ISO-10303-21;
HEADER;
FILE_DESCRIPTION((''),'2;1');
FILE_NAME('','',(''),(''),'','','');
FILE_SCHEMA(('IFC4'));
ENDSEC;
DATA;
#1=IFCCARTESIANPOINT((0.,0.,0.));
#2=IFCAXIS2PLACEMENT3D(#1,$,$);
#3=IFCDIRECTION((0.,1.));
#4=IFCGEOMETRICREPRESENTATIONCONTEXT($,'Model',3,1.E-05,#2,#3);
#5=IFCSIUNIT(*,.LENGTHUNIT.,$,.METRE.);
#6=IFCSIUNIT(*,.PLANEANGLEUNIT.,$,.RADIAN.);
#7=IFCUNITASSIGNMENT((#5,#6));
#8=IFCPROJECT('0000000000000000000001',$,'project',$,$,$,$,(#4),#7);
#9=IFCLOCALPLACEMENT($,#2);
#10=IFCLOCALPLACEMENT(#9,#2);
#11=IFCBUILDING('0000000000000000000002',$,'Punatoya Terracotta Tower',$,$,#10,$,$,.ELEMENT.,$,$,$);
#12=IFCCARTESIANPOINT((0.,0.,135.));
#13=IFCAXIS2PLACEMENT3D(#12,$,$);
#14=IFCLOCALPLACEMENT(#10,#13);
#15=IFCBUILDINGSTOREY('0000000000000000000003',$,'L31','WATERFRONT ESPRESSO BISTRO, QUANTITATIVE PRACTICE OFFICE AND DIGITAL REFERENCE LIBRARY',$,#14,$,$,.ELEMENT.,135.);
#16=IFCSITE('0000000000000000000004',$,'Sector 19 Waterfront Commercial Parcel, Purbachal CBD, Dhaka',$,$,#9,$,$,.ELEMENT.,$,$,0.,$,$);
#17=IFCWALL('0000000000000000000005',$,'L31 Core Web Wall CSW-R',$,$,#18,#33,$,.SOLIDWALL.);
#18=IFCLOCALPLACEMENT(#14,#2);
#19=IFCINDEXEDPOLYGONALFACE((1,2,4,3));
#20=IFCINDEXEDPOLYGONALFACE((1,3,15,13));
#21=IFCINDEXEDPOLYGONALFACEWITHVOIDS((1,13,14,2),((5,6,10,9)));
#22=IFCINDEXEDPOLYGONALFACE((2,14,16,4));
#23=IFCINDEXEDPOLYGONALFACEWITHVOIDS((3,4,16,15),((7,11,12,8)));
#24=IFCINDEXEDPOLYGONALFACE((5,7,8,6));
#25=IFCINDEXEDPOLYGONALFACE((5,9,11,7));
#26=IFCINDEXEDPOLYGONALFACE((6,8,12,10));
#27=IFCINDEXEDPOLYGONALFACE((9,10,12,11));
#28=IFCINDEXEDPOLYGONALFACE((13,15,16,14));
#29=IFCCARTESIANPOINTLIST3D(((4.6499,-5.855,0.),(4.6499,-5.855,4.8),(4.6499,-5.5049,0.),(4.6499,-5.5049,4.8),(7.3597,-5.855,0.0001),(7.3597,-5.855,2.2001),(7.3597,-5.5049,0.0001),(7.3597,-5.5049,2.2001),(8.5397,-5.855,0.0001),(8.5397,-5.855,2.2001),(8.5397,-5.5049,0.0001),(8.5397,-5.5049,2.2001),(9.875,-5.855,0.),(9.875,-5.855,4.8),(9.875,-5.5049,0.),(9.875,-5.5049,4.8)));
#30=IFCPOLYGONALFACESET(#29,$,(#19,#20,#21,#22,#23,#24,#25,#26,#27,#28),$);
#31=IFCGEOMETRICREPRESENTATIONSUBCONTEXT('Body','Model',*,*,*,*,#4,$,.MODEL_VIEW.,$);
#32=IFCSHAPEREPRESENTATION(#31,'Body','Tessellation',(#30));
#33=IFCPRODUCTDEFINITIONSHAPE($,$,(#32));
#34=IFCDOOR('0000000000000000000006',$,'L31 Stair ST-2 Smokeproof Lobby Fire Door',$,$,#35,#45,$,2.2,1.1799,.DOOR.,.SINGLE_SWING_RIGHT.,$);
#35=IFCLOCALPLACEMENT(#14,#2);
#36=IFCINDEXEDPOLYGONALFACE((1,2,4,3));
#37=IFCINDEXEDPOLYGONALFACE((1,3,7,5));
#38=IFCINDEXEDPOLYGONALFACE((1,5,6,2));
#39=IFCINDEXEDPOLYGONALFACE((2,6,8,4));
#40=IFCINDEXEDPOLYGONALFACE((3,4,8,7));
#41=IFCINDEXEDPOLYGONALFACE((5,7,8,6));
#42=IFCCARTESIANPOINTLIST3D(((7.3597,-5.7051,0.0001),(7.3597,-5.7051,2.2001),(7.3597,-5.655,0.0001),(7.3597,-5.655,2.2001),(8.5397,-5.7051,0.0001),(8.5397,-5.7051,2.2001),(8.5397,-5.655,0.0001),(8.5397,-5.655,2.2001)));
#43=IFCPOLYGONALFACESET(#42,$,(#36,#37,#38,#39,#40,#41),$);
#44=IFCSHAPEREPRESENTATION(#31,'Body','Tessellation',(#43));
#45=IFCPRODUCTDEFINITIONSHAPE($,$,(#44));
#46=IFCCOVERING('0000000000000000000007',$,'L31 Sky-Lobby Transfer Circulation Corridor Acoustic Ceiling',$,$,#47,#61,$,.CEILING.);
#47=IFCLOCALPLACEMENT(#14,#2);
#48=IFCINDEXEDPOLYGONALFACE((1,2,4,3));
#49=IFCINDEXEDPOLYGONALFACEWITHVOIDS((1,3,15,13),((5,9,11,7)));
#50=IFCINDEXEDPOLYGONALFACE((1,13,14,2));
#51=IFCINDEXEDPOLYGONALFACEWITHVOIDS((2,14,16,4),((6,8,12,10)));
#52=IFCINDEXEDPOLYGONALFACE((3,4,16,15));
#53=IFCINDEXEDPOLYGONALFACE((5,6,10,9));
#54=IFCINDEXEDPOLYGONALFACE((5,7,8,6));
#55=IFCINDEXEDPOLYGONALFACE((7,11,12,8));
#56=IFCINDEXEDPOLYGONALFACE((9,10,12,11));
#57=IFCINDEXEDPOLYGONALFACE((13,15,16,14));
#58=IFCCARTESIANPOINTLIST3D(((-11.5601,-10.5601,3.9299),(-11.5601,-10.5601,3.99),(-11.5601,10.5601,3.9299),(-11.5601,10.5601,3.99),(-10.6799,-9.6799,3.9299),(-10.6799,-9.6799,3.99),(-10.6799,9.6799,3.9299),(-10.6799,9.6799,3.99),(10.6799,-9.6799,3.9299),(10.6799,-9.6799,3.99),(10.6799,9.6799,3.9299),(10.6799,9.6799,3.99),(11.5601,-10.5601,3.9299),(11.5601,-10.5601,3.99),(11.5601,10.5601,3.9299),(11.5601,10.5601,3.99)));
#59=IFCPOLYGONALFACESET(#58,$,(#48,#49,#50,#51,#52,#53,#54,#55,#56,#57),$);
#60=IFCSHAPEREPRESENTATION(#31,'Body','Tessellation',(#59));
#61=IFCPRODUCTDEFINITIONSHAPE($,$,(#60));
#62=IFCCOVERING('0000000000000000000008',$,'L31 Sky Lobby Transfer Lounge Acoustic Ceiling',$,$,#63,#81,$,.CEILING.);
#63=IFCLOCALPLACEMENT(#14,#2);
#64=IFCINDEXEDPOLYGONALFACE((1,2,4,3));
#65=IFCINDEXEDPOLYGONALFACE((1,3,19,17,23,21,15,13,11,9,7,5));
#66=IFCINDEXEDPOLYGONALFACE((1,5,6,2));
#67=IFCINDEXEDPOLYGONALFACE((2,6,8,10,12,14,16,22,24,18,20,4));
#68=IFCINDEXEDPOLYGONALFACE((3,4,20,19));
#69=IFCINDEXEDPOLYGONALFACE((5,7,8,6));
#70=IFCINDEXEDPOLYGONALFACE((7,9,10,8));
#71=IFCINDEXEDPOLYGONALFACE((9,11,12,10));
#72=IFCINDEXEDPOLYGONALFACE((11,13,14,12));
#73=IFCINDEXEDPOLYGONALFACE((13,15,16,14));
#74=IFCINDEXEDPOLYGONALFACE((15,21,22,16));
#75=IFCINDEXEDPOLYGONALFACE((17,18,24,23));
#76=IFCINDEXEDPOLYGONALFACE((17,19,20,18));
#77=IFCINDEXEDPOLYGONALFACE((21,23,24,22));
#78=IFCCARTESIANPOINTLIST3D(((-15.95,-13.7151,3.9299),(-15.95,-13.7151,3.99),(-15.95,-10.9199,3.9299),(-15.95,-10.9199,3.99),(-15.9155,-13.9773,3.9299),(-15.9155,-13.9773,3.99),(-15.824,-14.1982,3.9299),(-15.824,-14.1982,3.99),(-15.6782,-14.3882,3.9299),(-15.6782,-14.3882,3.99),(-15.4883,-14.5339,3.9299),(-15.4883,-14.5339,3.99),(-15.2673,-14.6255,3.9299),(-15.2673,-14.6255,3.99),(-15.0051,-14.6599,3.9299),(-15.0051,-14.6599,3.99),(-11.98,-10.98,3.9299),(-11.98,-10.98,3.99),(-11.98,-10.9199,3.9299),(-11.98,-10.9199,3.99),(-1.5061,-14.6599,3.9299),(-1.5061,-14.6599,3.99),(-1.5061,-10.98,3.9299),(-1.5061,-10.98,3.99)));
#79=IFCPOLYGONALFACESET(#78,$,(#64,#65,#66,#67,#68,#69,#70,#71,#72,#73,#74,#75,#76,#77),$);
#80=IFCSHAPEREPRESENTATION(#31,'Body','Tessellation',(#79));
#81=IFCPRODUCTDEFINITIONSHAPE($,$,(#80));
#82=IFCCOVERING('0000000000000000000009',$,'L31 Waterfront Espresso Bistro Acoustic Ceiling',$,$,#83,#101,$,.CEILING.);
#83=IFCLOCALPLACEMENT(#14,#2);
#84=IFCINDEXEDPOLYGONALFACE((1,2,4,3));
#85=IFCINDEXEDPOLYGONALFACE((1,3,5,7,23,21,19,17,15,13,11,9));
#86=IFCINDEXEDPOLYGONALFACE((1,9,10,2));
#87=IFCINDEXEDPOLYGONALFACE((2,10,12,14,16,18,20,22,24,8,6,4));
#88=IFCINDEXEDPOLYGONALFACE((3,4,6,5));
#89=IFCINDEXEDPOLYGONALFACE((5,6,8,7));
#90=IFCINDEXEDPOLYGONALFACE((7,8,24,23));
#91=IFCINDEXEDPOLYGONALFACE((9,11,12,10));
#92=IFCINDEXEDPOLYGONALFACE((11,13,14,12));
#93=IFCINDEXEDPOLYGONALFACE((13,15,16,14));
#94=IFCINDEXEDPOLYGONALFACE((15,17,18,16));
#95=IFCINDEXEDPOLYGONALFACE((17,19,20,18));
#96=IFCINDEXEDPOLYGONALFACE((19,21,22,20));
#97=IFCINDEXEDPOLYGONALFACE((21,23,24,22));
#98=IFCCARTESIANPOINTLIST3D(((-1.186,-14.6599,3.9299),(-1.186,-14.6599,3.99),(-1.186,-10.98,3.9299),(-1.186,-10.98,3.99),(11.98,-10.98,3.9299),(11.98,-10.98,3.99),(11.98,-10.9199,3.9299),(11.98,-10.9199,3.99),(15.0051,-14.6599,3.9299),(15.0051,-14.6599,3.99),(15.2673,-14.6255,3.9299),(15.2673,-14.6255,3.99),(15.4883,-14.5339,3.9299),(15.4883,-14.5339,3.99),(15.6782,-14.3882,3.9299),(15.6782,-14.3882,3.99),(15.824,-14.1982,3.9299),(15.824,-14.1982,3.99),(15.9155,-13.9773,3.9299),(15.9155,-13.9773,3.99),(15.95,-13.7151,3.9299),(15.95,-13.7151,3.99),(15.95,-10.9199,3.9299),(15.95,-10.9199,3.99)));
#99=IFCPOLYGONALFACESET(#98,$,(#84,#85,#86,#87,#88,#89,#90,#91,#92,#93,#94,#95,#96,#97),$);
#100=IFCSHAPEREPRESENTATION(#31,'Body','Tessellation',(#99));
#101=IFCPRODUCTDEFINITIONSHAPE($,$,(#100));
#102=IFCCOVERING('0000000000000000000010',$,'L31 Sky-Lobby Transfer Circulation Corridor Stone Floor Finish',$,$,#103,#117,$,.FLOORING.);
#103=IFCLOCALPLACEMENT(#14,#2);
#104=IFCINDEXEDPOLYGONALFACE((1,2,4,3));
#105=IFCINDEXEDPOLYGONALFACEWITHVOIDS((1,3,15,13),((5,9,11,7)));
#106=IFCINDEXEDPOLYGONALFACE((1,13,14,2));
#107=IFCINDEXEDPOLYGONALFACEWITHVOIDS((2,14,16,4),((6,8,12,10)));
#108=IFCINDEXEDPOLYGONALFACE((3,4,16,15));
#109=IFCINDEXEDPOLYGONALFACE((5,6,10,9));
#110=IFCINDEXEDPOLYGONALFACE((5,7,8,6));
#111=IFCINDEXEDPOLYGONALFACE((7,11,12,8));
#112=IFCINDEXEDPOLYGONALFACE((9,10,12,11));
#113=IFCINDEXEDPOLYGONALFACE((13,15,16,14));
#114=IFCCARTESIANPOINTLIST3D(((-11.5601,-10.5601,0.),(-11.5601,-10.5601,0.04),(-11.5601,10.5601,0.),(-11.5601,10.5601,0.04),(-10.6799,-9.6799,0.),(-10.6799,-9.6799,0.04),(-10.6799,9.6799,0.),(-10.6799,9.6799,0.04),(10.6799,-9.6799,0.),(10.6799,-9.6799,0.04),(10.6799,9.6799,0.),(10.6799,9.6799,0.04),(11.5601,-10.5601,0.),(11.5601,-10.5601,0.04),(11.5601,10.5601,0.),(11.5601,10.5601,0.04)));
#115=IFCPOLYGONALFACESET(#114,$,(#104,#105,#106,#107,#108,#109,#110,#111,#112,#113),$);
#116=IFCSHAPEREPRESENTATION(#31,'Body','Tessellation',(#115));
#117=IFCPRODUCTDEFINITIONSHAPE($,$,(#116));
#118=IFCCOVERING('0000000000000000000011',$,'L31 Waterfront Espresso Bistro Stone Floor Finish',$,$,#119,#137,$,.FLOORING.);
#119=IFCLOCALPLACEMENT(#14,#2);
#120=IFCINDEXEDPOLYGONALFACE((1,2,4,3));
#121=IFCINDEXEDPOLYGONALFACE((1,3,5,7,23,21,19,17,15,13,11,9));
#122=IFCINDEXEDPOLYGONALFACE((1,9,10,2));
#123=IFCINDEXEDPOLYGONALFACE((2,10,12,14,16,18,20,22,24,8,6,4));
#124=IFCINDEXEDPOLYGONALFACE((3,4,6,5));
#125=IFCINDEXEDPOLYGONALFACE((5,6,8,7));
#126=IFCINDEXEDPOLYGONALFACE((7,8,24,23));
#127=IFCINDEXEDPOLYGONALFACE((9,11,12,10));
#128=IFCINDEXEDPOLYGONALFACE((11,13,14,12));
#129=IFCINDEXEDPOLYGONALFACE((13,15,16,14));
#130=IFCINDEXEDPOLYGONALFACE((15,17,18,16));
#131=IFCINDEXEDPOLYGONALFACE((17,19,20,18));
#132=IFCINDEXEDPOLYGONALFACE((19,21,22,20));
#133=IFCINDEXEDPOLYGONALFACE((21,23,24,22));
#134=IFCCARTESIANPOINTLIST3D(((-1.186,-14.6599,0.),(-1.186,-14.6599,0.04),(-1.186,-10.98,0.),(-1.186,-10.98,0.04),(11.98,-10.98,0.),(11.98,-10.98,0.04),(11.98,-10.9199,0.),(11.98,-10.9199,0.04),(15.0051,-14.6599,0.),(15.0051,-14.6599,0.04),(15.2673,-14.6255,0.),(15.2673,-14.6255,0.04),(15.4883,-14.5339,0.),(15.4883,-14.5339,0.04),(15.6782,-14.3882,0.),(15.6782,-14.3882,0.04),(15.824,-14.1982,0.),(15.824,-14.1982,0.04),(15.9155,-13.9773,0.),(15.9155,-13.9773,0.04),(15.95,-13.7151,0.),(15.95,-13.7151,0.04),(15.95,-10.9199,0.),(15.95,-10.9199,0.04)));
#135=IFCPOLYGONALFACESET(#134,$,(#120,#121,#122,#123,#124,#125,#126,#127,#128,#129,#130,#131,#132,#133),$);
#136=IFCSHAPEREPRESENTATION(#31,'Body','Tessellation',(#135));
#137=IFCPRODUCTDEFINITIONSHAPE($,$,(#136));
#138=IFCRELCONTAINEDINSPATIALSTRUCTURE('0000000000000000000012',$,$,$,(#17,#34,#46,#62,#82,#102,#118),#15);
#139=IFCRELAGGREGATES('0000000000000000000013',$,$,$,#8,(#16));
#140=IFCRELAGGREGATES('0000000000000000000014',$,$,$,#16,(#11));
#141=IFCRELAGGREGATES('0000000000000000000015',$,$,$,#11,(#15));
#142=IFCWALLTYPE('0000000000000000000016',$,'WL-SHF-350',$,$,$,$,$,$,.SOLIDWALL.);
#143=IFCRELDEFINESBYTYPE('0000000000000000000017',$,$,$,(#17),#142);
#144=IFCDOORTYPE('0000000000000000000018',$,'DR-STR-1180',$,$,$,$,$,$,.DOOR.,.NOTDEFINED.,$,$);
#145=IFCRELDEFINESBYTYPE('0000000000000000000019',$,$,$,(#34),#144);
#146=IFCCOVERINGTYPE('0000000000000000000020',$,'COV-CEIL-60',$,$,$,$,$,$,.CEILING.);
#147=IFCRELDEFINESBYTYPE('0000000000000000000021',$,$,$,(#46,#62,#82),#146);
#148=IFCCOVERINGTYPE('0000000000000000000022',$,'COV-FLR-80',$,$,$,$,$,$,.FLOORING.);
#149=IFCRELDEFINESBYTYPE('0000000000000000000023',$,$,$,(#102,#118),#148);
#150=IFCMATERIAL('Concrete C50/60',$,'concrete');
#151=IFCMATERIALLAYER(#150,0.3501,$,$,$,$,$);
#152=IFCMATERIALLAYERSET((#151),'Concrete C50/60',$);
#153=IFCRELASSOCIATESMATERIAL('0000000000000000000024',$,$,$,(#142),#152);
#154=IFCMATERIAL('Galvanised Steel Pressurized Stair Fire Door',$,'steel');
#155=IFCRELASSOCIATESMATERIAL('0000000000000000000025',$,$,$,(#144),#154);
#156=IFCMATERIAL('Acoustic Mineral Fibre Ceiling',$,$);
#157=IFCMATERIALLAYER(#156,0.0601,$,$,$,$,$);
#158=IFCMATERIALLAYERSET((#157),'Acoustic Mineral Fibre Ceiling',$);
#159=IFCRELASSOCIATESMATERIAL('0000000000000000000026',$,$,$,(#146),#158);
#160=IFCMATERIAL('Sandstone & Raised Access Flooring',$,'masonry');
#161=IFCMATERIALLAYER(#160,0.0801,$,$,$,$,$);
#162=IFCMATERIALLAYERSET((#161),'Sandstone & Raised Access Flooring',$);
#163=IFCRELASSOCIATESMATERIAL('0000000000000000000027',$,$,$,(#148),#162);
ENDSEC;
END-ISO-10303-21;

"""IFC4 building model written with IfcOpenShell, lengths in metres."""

from ifc_helpers import new_model, si_unit, direction, frame, frame_2d, origin, place, context, subcontext, project, spatial, polyline, rectangle, outline, extrude, material, layer, layer_set, type_object, element, fill, save


model = new_model("IFC4")

# Units and contexts
model_context = context("Model", 3, precision=1e-05, world=origin(), true_north=direction((0.0, 1.0)))
body_context = subcontext(model_context, "Body", "Model", "MODEL_VIEW")
ifc_project = project(units=[si_unit("LENGTHUNIT", "METRE"), si_unit("PLANEANGLEUNIT", "RADIAN")], contexts=[model_context])

# Site, building, storey
site_placement = place(None, origin())
site = spatial("IfcSite", under=ifc_project, at=site_placement, Name="Sector 19 Waterfront Commercial Parcel, Purbachal CBD, Dhaka", CompositionType="ELEMENT", RefElevation=0.0)
building_placement = place(site_placement, origin())
building = spatial("IfcBuilding", under=site, at=building_placement, Name="Punatoya Terracotta Tower", CompositionType="ELEMENT")
storey_placement = place(building_placement, frame((0.0, 0.0, 135.0)))
storey = spatial("IfcBuildingStorey", under=building, at=storey_placement, Name="L31", Description="WATERFRONT ESPRESSO BISTRO, QUANTITATIVE PRACTICE OFFICE AND DIGITAL REFERENCE LIBRARY", CompositionType="ELEMENT", Elevation=135.0)

# Wall, opening, door
ifc_material_1 = material(Name="Concrete C50/60", Category="concrete")
ifc_layer_1 = layer(ifc_material_1, 0.3501)
ifc_layer_set_1 = layer_set([ifc_layer_1], Name="Concrete C50/60")
wall_type_1 = type_object("IfcWallType", Name="WL-SHF-350", PredefinedType="SOLIDWALL", material=ifc_layer_set_1)
wall_1_placement = place(storey_placement, frame((4.6499, -5.6799, 0.0), z_axis=(0.0, 0.0, 1.0), x_axis=(1.0, 0.0, 0.0)))
wall_1 = element("IfcWall", 1, at=wall_1_placement, inside=storey, type_object=wall_type_1, Name="L31 Core Web Wall CSW-R", PredefinedType="SOLIDWALL", context=body_context, shape_type="SweptSolid", body=[
    extrude(rectangle(XDim=5.2251, YDim=0.3501, at=frame_2d((2.6125, 0.0))), origin(), (0.0, 0.0, 1.0), 4.8),
])
opening_1_placement = place(wall_1_placement, frame((2.71, 0.0, 0.0)))
opening_1 = element("IfcOpeningElement", 2, at=opening_1_placement, cuts=wall_1, PredefinedType="OPENING", context=body_context, shape_type="SweptSolid", body=[
    extrude(rectangle(XDim=1.1799, YDim=2.2, at=frame_2d((0.5898, 1.1001))), frame((0.0, 0.1851, 0.0), z_axis=(0.0, -1.0, 0.0), x_axis=(1.0, 0.0, 0.0)), (0.0, 0.0, 1.0), 0.3701),
])
ifc_material_2 = material(Name="Galvanised Steel Pressurized Stair Fire Door", Category="steel")
door_type_1 = type_object("IfcDoorType", Name="DR-STR-1180", OperationType="NOTDEFINED", PredefinedType="DOOR", material=ifc_material_2)
door_1_placement = place(opening_1_placement, origin())
door_1 = element("IfcDoor", 3, at=door_1_placement, inside=storey, type_object=door_type_1, Name="L31 Stair ST-2 Smokeproof Lobby Fire Door", OperationType="SINGLE_SWING_RIGHT", OverallHeight=2.2, OverallWidth=1.1799, PredefinedType="DOOR", context=body_context, shape_type="SweptSolid", body=[
    extrude(rectangle(XDim=1.1799, YDim=2.2, at=frame_2d((0.5898, 1.1001))), frame((0.0, 0.0249, 0.0), z_axis=(0.0, -1.0, 0.0), x_axis=(1.0, 0.0, 0.0)), (0.0, 0.0, 1.0), 0.05),
])
fill(opening_1, door_1)

# Coverings
ifc_material_3 = material(Name="Acoustic Mineral Fibre Ceiling")
ifc_layer_2 = layer(ifc_material_3, 0.0601)
ifc_layer_set_2 = layer_set([ifc_layer_2], Name="Acoustic Mineral Fibre Ceiling")
covering_type_1 = type_object("IfcCoveringType", Name="COV-CEIL-60", PredefinedType="CEILING", material=ifc_layer_set_2)
covering_1_placement = place(storey_placement, frame((0.0, 0.0, 3.9299)))
element("IfcCovering", 4, at=covering_1_placement, inside=storey, type_object=covering_type_1, Name="L31 Sky-Lobby Transfer Circulation Corridor Acoustic Ceiling", PredefinedType="CEILING", context=body_context, shape_type="SweptSolid", body=[
    extrude(outline(polyline([(-11.5601, 10.5601), (-11.5601, -10.5601), (11.5601, -10.5601), (11.5601, 10.5601), (-11.5601, 10.5601)]), holes=[polyline([(-10.6799, 9.6799), (10.6799, 9.6799), (10.6799, -9.6799), (-10.6799, -9.6799), (-10.6799, 9.6799)])]), origin(), (0.0, 0.0, 1.0), 0.0601),
])
covering_2_placement = place(storey_placement, frame((0.0, 0.0, 3.9299)))
element("IfcCovering", 5, at=covering_2_placement, inside=storey, type_object=covering_type_1, Name="L31 Sky Lobby Transfer Lounge Acoustic Ceiling", PredefinedType="CEILING", context=body_context, shape_type="SweptSolid", body=[
    extrude(outline(polyline([(-15.6782, -14.3882), (-15.4883, -14.5339), (-15.2673, -14.6255), (-15.0051, -14.6599), (-1.5061, -14.6599), (-1.5061, -10.98), (-11.98, -10.98), (-11.98, -10.9199), (-15.95, -10.9199), (-15.95, -13.7151), (-15.9155, -13.9773), (-15.824, -14.1982), (-15.6782, -14.3882)])), origin(), (0.0, 0.0, 1.0), 0.0601),
])
covering_3_placement = place(storey_placement, frame((0.0, 0.0, 3.9299)))
element("IfcCovering", 6, at=covering_3_placement, inside=storey, type_object=covering_type_1, Name="L31 Waterfront Espresso Bistro Acoustic Ceiling", PredefinedType="CEILING", context=body_context, shape_type="SweptSolid", body=[
    extrude(outline(polyline([(11.98, -10.98), (-1.186, -10.98), (-1.186, -14.6599), (15.0051, -14.6599), (15.2673, -14.6255), (15.4883, -14.5339), (15.6782, -14.3882), (15.824, -14.1982), (15.9155, -13.9773), (15.95, -13.7151), (15.95, -10.9199), (11.98, -10.9199), (11.98, -10.98)])), origin(), (0.0, 0.0, 1.0), 0.0601),
])
ifc_material_4 = material(Name="Sandstone & Raised Access Flooring", Category="masonry")
ifc_layer_3 = layer(ifc_material_4, 0.0801)
ifc_layer_set_3 = layer_set([ifc_layer_3], Name="Sandstone & Raised Access Flooring")
covering_type_2 = type_object("IfcCoveringType", Name="COV-FLR-80", PredefinedType="FLOORING", material=ifc_layer_set_3)
covering_4_placement = place(storey_placement, origin())
element("IfcCovering", 7, at=covering_4_placement, inside=storey, type_object=covering_type_2, Name="L31 Sky-Lobby Transfer Circulation Corridor Stone Floor Finish", PredefinedType="FLOORING", context=body_context, shape_type="SweptSolid", body=[
    extrude(outline(polyline([(-11.5601, 10.5601), (-11.5601, -10.5601), (11.5601, -10.5601), (11.5601, 10.5601), (-11.5601, 10.5601)]), holes=[polyline([(-10.6799, 9.6799), (10.6799, 9.6799), (10.6799, -9.6799), (-10.6799, -9.6799), (-10.6799, 9.6799)])]), origin(), (0.0, 0.0, 1.0), 0.04),
])
covering_5_placement = place(storey_placement, origin())
element("IfcCovering", 8, at=covering_5_placement, inside=storey, type_object=covering_type_2, Name="L31 Waterfront Espresso Bistro Stone Floor Finish", PredefinedType="FLOORING", context=body_context, shape_type="SweptSolid", body=[
    extrude(outline(polyline([(11.98, -10.98), (-1.186, -10.98), (-1.186, -14.6599), (15.0051, -14.6599), (15.2673, -14.6255), (15.4883, -14.5339), (15.6782, -14.3882), (15.824, -14.1982), (15.9155, -13.9773), (15.95, -13.7151), (15.95, -10.9199), (11.98, -10.9199), (11.98, -10.98)])), origin(), (0.0, 0.0, 1.0), 0.04),
])

save(model, "model.ifc")
